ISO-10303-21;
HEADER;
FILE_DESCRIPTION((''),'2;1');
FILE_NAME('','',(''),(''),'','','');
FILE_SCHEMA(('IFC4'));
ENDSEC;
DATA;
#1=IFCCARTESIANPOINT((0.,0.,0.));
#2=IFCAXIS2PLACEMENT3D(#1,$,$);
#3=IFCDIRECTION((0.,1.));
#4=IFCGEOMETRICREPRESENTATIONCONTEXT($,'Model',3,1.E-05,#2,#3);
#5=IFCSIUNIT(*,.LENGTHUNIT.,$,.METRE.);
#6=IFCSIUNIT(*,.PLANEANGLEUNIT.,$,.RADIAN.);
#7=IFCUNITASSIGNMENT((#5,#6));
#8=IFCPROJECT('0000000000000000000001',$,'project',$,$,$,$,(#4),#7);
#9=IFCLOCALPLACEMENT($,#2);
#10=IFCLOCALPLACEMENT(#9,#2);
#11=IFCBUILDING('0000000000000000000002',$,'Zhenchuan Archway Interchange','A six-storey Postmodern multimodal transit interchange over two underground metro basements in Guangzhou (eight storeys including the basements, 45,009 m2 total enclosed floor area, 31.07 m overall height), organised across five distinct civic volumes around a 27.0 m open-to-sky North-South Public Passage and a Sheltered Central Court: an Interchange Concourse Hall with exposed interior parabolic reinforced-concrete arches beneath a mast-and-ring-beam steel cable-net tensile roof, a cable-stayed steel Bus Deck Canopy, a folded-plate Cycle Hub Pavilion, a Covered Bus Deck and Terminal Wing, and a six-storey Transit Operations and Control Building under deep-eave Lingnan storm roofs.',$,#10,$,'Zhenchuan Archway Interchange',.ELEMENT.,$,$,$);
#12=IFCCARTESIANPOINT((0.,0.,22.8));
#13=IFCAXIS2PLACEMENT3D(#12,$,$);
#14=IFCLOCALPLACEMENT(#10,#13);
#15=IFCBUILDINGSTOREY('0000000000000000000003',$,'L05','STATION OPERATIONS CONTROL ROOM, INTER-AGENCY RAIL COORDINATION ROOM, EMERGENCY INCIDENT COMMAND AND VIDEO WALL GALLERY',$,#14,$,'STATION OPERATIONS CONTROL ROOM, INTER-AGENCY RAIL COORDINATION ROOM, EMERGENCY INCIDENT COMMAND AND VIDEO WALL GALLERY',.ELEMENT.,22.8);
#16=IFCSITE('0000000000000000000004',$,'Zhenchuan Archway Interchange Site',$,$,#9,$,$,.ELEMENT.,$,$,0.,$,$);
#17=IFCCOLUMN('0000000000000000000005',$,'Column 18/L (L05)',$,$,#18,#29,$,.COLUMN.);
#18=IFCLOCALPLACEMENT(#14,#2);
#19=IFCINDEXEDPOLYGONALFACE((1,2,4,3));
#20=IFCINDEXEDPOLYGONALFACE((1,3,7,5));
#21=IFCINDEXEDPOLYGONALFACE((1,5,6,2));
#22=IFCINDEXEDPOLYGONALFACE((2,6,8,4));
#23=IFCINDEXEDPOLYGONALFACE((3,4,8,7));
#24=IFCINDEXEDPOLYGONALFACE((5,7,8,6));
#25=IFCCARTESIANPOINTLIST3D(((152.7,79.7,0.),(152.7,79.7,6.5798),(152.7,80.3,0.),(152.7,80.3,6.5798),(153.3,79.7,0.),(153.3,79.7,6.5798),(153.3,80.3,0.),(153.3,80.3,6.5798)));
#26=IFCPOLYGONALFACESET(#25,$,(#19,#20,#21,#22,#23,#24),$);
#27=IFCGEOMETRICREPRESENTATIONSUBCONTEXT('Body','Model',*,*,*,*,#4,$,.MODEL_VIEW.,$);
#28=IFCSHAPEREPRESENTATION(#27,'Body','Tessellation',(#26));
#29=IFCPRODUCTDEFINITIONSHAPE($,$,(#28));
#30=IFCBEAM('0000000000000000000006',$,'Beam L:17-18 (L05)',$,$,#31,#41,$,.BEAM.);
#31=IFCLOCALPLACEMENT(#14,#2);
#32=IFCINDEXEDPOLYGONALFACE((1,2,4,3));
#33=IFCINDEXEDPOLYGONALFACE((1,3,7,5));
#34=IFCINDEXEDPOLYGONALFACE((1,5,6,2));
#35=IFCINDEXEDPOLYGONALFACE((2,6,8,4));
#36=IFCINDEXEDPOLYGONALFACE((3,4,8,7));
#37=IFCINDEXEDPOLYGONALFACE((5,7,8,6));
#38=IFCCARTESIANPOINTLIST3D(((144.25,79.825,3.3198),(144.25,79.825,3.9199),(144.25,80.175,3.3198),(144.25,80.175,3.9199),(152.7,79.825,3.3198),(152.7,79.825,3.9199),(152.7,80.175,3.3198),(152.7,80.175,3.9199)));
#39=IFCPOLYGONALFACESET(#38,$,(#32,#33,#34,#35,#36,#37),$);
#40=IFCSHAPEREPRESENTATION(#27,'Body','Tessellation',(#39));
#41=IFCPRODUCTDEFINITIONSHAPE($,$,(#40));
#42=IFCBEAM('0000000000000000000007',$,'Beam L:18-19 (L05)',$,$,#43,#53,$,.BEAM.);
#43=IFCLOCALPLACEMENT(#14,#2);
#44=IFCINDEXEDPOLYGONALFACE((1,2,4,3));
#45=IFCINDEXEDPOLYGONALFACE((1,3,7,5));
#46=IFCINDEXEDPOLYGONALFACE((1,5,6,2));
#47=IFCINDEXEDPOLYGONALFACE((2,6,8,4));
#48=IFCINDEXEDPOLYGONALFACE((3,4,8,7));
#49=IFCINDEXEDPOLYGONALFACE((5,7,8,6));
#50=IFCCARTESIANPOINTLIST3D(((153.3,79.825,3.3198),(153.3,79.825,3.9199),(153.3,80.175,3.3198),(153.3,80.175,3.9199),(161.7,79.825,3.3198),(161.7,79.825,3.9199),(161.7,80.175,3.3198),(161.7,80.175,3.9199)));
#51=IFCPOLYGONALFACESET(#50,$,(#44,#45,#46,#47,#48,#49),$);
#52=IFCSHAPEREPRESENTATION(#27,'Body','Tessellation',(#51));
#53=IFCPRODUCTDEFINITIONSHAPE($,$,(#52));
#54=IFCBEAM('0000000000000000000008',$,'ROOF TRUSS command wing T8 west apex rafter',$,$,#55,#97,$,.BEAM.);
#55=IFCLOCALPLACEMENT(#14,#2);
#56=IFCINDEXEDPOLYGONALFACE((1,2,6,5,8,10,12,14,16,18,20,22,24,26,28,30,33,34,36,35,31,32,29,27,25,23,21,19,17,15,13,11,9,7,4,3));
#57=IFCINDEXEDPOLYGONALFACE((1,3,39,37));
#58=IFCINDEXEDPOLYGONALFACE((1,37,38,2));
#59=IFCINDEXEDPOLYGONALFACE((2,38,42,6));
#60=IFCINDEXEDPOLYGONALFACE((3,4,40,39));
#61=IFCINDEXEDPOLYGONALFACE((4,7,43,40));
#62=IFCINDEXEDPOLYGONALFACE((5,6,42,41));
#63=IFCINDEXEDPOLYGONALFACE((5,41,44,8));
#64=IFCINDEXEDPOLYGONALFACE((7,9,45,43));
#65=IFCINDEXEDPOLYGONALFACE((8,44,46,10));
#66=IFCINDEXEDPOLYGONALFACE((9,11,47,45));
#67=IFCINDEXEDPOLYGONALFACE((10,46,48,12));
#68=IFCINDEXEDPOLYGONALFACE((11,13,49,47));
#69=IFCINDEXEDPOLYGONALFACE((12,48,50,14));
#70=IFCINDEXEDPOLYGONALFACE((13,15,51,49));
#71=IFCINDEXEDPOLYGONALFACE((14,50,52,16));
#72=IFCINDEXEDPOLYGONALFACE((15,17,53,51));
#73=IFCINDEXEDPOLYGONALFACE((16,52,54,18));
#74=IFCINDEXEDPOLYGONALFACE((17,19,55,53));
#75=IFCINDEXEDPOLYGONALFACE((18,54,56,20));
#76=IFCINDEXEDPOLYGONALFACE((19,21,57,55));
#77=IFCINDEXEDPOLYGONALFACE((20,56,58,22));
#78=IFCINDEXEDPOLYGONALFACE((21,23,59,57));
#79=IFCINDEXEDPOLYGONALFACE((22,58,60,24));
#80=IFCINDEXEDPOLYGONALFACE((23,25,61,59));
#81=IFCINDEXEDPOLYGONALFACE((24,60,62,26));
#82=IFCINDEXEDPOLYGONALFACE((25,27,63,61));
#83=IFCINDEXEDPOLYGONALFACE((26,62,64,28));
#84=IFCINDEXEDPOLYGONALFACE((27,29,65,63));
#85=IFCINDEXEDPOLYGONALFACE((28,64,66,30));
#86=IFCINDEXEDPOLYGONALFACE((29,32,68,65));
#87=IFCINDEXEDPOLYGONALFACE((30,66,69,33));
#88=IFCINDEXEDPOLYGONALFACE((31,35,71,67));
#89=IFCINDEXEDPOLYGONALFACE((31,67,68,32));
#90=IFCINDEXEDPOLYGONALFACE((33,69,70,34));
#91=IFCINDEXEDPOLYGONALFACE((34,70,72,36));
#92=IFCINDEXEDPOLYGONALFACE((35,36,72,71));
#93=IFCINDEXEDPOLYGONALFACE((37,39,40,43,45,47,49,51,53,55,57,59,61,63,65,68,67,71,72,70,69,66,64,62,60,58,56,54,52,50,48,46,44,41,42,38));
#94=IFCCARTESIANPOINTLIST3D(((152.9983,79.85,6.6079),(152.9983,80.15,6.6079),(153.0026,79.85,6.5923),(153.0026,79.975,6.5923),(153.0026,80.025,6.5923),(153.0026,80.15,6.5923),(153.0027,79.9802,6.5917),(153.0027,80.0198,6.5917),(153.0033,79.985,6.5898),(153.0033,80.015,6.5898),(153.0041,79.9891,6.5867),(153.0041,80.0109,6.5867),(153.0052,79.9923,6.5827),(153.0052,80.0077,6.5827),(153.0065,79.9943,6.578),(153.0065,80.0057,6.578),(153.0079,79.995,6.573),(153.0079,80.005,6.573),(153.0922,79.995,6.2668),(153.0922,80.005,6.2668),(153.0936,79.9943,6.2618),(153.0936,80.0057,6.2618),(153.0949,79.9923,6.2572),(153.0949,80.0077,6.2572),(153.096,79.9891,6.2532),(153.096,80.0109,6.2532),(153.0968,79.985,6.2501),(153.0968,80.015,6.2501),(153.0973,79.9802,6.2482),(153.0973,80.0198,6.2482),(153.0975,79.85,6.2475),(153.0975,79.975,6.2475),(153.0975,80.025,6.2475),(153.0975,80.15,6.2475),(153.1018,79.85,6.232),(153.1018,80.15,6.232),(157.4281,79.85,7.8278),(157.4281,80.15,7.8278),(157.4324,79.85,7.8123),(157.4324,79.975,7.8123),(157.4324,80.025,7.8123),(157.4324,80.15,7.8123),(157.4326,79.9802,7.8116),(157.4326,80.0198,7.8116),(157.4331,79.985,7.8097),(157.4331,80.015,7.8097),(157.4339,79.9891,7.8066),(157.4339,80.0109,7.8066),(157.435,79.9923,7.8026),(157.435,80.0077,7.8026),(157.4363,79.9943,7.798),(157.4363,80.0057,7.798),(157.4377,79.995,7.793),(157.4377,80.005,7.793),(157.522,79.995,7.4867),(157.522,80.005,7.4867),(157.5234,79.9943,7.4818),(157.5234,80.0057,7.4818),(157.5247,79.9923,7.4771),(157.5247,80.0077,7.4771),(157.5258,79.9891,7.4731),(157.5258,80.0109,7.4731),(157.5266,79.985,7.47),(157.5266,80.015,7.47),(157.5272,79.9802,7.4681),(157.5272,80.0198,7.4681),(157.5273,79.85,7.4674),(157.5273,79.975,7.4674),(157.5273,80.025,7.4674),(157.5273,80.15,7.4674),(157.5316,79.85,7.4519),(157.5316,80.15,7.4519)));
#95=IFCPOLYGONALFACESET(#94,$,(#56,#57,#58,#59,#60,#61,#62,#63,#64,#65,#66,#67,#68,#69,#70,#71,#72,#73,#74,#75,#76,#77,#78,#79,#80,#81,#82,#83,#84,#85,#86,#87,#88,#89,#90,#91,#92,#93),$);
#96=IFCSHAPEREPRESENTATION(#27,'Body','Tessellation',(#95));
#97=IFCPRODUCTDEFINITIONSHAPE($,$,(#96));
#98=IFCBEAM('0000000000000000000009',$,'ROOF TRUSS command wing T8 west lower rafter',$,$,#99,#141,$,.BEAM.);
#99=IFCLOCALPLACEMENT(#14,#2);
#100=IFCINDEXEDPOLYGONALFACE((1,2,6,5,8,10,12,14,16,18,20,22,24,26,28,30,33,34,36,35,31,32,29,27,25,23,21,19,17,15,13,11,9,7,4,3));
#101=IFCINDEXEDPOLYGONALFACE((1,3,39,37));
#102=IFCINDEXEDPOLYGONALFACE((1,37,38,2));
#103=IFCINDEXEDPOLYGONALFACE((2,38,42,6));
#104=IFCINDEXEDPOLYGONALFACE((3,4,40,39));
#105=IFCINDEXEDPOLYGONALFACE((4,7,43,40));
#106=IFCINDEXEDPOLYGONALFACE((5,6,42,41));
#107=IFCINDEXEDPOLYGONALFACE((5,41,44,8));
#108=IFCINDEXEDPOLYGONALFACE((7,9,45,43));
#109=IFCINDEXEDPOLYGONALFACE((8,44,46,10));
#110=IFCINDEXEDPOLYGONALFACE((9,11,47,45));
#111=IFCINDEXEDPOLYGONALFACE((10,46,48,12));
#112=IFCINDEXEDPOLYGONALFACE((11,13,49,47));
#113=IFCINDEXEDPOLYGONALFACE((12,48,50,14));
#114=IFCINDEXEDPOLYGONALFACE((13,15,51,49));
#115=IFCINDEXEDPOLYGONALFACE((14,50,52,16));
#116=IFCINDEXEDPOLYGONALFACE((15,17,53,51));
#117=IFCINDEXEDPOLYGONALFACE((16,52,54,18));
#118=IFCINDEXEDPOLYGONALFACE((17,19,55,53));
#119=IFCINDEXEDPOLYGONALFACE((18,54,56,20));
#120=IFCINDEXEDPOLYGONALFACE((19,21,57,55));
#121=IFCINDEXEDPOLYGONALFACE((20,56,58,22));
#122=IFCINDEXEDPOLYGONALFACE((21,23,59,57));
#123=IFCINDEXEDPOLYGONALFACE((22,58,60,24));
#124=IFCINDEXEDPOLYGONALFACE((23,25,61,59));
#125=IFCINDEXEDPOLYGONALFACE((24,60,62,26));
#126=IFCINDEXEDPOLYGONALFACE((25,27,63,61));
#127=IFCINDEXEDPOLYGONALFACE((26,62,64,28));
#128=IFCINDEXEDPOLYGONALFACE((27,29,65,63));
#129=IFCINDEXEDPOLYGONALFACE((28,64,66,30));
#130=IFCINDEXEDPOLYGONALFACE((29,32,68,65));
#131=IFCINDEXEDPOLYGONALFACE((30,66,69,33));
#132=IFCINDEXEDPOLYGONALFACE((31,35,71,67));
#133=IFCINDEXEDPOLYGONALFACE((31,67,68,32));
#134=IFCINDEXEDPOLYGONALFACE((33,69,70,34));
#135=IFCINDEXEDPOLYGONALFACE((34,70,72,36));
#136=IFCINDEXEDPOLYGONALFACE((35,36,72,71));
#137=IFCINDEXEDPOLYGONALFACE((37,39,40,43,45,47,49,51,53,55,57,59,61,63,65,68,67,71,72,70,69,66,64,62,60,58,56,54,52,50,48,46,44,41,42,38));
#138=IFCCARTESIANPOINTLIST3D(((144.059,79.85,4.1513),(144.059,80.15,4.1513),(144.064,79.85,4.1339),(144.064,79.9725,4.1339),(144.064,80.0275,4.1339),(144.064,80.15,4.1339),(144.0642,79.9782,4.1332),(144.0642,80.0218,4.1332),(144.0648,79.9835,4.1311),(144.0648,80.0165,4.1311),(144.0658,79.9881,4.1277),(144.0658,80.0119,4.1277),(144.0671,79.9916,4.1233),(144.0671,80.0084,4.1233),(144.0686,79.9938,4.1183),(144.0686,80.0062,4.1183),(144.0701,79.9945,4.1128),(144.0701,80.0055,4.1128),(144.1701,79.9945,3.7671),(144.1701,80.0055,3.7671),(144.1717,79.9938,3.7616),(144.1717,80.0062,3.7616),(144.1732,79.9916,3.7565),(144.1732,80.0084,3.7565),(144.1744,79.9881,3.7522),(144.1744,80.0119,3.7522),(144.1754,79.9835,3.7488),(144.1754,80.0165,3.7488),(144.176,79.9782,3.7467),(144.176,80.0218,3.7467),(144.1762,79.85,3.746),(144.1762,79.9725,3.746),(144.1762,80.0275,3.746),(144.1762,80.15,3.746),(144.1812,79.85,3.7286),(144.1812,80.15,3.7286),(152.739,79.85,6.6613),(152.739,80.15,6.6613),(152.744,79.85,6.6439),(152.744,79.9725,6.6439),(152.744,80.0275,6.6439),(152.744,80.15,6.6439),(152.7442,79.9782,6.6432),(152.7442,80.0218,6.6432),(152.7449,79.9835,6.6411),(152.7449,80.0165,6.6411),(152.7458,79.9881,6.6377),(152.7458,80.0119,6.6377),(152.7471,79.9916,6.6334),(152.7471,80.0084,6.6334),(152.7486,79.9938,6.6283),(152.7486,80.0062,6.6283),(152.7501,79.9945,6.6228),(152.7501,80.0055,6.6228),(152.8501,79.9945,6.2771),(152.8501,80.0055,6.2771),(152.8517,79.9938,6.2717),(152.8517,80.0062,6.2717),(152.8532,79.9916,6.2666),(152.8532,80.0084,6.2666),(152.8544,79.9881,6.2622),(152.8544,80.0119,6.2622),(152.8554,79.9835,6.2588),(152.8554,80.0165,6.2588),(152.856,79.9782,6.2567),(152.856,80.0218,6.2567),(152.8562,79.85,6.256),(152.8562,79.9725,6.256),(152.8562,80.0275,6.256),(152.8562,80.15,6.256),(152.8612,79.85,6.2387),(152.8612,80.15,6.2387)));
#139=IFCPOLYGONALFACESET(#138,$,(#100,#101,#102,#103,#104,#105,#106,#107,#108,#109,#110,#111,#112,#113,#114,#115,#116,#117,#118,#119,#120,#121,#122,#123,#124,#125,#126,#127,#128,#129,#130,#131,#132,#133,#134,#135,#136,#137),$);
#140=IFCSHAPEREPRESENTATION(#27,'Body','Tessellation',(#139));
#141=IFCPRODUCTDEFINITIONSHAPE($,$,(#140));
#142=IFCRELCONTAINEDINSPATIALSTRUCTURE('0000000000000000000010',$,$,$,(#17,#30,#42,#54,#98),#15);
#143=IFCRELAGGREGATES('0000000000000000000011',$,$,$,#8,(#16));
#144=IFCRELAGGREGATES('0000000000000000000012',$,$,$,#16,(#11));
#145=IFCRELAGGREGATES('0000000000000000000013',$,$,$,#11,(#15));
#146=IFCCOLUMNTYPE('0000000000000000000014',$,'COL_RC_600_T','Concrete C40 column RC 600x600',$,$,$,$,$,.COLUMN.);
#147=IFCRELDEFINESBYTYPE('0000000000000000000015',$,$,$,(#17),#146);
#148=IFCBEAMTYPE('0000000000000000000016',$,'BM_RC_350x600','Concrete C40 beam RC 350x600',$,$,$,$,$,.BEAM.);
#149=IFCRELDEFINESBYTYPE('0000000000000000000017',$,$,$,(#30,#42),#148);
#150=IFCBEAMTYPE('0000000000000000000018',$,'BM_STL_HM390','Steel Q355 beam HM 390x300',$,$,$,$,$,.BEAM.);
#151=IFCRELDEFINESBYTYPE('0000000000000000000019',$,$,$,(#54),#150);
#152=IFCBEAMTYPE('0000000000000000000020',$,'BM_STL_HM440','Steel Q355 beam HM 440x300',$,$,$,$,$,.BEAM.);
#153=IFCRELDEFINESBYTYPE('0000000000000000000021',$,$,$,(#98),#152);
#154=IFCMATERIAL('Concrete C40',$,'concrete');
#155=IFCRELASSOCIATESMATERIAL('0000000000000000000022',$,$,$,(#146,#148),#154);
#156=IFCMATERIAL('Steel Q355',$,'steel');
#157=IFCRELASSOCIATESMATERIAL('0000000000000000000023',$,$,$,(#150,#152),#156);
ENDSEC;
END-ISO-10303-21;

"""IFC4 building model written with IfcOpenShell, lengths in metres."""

from ifc_helpers import new_model, si_unit, direction, frame, origin, origin_2d, place, context, subcontext, project, spatial, rectangle, i_section, extrude, material, material_profile, profile_set, type_object, element, save


model = new_model("IFC4")

# Units and contexts
model_context = context("Model", 3, precision=1e-05, world=origin(), true_north=direction((0.0, 1.0)))
body_context = subcontext(model_context, "Body", "Model", "MODEL_VIEW")
ifc_project = project(units=[si_unit("LENGTHUNIT", "METRE"), si_unit("PLANEANGLEUNIT", "RADIAN")], contexts=[model_context])

# Site, building, storey
site_placement = place(None, origin())
site = spatial("IfcSite", under=ifc_project, at=site_placement, Name="Zhenchuan Archway Interchange Site", CompositionType="ELEMENT", RefElevation=0.0)
building_placement = place(site_placement, origin())
building = spatial("IfcBuilding", under=site, at=building_placement, Name="Zhenchuan Archway Interchange", Description="A six-storey Postmodern multimodal transit interchange over two underground metro basements in Guangzhou (eight storeys including the basements, 45,009 m2 total enclosed floor area, 31.07 m overall height), organised across five distinct civic volumes around a 27.0 m open-to-sky North-South Public Passage and a Sheltered Central Court: an Interchange Concourse Hall with exposed interior parabolic reinforced-concrete arches beneath a mast-and-ring-beam steel cable-net tensile roof, a cable-stayed steel Bus Deck Canopy, a folded-plate Cycle Hub Pavilion, a Covered Bus Deck and Terminal Wing, and a six-storey Transit Operations and Control Building under deep-eave Lingnan storm roofs.", LongName="Zhenchuan Archway Interchange", CompositionType="ELEMENT")
storey_placement = place(building_placement, frame((0.0, 0.0, 22.8)))
storey = spatial("IfcBuildingStorey", under=building, at=storey_placement, Name="L05", Description="STATION OPERATIONS CONTROL ROOM, INTER-AGENCY RAIL COORDINATION ROOM, EMERGENCY INCIDENT COMMAND AND VIDEO WALL GALLERY", LongName="STATION OPERATIONS CONTROL ROOM, INTER-AGENCY RAIL COORDINATION ROOM, EMERGENCY INCIDENT COMMAND AND VIDEO WALL GALLERY", CompositionType="ELEMENT", Elevation=22.8)

# Column
ifc_material_1 = material(Name="Concrete C40", Category="concrete")
ifc_material_profile_1 = material_profile(ifc_material_1, rectangle(XDim=0.6001, YDim=0.6001, at=origin_2d()), Name="RC 600x600")
ifc_profile_set_1 = profile_set([ifc_material_profile_1], Name="Concrete C40")
column_type = type_object("IfcColumnType", Name="COL_RC_600_T", Description="Concrete C40 column RC 600x600", PredefinedType="COLUMN", material=ifc_profile_set_1)
column_placement = place(storey_placement, frame((153.0, 80.0, 0.0), z_axis=(0.0, 0.0, 1.0), x_axis=(1.0, 0.0, 0.0)))
element("IfcColumn", 1, at=column_placement, inside=storey, type_object=column_type, Name="Column 18/L (L05)", PredefinedType="COLUMN", context=body_context, shape_type="SweptSolid", body=[
    extrude(rectangle(XDim=0.6001, YDim=0.6001, at=origin_2d()), origin(), (0.0, 0.0, 1.0), 6.5798),
])

# Beams
ifc_material_profile_2 = material_profile(ifc_material_1, rectangle(XDim=0.3501, YDim=0.6001, at=origin_2d()), Name="RC 350x600")
ifc_profile_set_2 = profile_set([ifc_material_profile_2], Name="Concrete C40")
beam_type_1 = type_object("IfcBeamType", Name="BM_RC_350x600", Description="Concrete C40 beam RC 350x600", PredefinedType="BEAM", material=ifc_profile_set_2)
beam_1_placement = place(storey_placement, frame((144.25, 80.0, 3.6199), z_axis=(1.0, 0.0, 0.0), x_axis=(0.0, 1.0, 0.0)))
element("IfcBeam", 2, at=beam_1_placement, inside=storey, type_object=beam_type_1, Name="Beam L:17-18 (L05)", PredefinedType="BEAM", context=body_context, shape_type="SweptSolid", body=[
    extrude(rectangle(XDim=0.3501, YDim=0.6001, at=origin_2d()), origin(), (0.0, 0.0, 1.0), 8.45),
])
beam_2_placement = place(storey_placement, frame((153.3, 80.0, 3.6199), z_axis=(1.0, 0.0, 0.0), x_axis=(0.0, 1.0, 0.0)))
element("IfcBeam", 3, at=beam_2_placement, inside=storey, type_object=beam_type_1, Name="Beam L:18-19 (L05)", PredefinedType="BEAM", context=body_context, shape_type="SweptSolid", body=[
    extrude(rectangle(XDim=0.3501, YDim=0.6001, at=origin_2d()), origin(), (0.0, 0.0, 1.0), 8.3999),
])
ifc_material_2 = material(Name="Steel Q355", Category="steel")
ifc_material_profile_3 = material_profile(ifc_material_2, i_section(OverallWidth=0.3, OverallDepth=0.3899, WebThickness=0.01, FlangeThickness=0.0161, FilletRadius=0.02, at=origin_2d()), Name="HM 390x300")
ifc_profile_set_3 = profile_set([ifc_material_profile_3], Name="Steel Q355")
beam_type_2 = type_object("IfcBeamType", Name="BM_STL_HM390", Description="Steel Q355 beam HM 390x300", PredefinedType="BEAM", material=ifc_profile_set_3)
beam_3_placement = place(storey_placement, frame((153.05, 80.0, 6.4199), z_axis=(0.964109, 0.0, 0.265508), x_axis=(0.0, 1.0, 0.0)))
element("IfcBeam", 4, at=beam_3_placement, inside=storey, type_object=beam_type_2, Name="ROOF TRUSS command wing T8 west apex rafter", PredefinedType="BEAM", context=body_context, shape_type="SweptSolid", body=[
    extrude(i_section(OverallWidth=0.3, OverallDepth=0.3899, WebThickness=0.01, FlangeThickness=0.0161, FilletRadius=0.02, at=origin_2d()), origin(), (0.0, 0.0, 1.0), 4.5947),
])
ifc_material_profile_4 = material_profile(ifc_material_2, i_section(OverallWidth=0.3, OverallDepth=0.4399, WebThickness=0.011, FlangeThickness=0.0181, FilletRadius=0.022, at=origin_2d()), Name="HM 440x300")
ifc_profile_set_4 = profile_set([ifc_material_profile_4], Name="Steel Q355")
beam_type_3 = type_object("IfcBeamType", Name="BM_STL_HM440", Description="Steel Q355 beam HM 440x300", PredefinedType="BEAM", material=ifc_profile_set_4)
beam_4_placement = place(storey_placement, frame((144.1201, 80.0, 3.9399), z_axis=(0.960641, 0.0, 0.277792), x_axis=(0.0, 1.0, 0.0)))
element("IfcBeam", 5, at=beam_4_placement, inside=storey, type_object=beam_type_3, Name="ROOF TRUSS command wing T8 west lower rafter", PredefinedType="BEAM", context=body_context, shape_type="SweptSolid", body=[
    extrude(i_section(OverallWidth=0.3, OverallDepth=0.4399, WebThickness=0.011, FlangeThickness=0.0181, FilletRadius=0.022, at=origin_2d()), origin(), (0.0, 0.0, 1.0), 9.0356),
])

save(model, "model.ifc")
